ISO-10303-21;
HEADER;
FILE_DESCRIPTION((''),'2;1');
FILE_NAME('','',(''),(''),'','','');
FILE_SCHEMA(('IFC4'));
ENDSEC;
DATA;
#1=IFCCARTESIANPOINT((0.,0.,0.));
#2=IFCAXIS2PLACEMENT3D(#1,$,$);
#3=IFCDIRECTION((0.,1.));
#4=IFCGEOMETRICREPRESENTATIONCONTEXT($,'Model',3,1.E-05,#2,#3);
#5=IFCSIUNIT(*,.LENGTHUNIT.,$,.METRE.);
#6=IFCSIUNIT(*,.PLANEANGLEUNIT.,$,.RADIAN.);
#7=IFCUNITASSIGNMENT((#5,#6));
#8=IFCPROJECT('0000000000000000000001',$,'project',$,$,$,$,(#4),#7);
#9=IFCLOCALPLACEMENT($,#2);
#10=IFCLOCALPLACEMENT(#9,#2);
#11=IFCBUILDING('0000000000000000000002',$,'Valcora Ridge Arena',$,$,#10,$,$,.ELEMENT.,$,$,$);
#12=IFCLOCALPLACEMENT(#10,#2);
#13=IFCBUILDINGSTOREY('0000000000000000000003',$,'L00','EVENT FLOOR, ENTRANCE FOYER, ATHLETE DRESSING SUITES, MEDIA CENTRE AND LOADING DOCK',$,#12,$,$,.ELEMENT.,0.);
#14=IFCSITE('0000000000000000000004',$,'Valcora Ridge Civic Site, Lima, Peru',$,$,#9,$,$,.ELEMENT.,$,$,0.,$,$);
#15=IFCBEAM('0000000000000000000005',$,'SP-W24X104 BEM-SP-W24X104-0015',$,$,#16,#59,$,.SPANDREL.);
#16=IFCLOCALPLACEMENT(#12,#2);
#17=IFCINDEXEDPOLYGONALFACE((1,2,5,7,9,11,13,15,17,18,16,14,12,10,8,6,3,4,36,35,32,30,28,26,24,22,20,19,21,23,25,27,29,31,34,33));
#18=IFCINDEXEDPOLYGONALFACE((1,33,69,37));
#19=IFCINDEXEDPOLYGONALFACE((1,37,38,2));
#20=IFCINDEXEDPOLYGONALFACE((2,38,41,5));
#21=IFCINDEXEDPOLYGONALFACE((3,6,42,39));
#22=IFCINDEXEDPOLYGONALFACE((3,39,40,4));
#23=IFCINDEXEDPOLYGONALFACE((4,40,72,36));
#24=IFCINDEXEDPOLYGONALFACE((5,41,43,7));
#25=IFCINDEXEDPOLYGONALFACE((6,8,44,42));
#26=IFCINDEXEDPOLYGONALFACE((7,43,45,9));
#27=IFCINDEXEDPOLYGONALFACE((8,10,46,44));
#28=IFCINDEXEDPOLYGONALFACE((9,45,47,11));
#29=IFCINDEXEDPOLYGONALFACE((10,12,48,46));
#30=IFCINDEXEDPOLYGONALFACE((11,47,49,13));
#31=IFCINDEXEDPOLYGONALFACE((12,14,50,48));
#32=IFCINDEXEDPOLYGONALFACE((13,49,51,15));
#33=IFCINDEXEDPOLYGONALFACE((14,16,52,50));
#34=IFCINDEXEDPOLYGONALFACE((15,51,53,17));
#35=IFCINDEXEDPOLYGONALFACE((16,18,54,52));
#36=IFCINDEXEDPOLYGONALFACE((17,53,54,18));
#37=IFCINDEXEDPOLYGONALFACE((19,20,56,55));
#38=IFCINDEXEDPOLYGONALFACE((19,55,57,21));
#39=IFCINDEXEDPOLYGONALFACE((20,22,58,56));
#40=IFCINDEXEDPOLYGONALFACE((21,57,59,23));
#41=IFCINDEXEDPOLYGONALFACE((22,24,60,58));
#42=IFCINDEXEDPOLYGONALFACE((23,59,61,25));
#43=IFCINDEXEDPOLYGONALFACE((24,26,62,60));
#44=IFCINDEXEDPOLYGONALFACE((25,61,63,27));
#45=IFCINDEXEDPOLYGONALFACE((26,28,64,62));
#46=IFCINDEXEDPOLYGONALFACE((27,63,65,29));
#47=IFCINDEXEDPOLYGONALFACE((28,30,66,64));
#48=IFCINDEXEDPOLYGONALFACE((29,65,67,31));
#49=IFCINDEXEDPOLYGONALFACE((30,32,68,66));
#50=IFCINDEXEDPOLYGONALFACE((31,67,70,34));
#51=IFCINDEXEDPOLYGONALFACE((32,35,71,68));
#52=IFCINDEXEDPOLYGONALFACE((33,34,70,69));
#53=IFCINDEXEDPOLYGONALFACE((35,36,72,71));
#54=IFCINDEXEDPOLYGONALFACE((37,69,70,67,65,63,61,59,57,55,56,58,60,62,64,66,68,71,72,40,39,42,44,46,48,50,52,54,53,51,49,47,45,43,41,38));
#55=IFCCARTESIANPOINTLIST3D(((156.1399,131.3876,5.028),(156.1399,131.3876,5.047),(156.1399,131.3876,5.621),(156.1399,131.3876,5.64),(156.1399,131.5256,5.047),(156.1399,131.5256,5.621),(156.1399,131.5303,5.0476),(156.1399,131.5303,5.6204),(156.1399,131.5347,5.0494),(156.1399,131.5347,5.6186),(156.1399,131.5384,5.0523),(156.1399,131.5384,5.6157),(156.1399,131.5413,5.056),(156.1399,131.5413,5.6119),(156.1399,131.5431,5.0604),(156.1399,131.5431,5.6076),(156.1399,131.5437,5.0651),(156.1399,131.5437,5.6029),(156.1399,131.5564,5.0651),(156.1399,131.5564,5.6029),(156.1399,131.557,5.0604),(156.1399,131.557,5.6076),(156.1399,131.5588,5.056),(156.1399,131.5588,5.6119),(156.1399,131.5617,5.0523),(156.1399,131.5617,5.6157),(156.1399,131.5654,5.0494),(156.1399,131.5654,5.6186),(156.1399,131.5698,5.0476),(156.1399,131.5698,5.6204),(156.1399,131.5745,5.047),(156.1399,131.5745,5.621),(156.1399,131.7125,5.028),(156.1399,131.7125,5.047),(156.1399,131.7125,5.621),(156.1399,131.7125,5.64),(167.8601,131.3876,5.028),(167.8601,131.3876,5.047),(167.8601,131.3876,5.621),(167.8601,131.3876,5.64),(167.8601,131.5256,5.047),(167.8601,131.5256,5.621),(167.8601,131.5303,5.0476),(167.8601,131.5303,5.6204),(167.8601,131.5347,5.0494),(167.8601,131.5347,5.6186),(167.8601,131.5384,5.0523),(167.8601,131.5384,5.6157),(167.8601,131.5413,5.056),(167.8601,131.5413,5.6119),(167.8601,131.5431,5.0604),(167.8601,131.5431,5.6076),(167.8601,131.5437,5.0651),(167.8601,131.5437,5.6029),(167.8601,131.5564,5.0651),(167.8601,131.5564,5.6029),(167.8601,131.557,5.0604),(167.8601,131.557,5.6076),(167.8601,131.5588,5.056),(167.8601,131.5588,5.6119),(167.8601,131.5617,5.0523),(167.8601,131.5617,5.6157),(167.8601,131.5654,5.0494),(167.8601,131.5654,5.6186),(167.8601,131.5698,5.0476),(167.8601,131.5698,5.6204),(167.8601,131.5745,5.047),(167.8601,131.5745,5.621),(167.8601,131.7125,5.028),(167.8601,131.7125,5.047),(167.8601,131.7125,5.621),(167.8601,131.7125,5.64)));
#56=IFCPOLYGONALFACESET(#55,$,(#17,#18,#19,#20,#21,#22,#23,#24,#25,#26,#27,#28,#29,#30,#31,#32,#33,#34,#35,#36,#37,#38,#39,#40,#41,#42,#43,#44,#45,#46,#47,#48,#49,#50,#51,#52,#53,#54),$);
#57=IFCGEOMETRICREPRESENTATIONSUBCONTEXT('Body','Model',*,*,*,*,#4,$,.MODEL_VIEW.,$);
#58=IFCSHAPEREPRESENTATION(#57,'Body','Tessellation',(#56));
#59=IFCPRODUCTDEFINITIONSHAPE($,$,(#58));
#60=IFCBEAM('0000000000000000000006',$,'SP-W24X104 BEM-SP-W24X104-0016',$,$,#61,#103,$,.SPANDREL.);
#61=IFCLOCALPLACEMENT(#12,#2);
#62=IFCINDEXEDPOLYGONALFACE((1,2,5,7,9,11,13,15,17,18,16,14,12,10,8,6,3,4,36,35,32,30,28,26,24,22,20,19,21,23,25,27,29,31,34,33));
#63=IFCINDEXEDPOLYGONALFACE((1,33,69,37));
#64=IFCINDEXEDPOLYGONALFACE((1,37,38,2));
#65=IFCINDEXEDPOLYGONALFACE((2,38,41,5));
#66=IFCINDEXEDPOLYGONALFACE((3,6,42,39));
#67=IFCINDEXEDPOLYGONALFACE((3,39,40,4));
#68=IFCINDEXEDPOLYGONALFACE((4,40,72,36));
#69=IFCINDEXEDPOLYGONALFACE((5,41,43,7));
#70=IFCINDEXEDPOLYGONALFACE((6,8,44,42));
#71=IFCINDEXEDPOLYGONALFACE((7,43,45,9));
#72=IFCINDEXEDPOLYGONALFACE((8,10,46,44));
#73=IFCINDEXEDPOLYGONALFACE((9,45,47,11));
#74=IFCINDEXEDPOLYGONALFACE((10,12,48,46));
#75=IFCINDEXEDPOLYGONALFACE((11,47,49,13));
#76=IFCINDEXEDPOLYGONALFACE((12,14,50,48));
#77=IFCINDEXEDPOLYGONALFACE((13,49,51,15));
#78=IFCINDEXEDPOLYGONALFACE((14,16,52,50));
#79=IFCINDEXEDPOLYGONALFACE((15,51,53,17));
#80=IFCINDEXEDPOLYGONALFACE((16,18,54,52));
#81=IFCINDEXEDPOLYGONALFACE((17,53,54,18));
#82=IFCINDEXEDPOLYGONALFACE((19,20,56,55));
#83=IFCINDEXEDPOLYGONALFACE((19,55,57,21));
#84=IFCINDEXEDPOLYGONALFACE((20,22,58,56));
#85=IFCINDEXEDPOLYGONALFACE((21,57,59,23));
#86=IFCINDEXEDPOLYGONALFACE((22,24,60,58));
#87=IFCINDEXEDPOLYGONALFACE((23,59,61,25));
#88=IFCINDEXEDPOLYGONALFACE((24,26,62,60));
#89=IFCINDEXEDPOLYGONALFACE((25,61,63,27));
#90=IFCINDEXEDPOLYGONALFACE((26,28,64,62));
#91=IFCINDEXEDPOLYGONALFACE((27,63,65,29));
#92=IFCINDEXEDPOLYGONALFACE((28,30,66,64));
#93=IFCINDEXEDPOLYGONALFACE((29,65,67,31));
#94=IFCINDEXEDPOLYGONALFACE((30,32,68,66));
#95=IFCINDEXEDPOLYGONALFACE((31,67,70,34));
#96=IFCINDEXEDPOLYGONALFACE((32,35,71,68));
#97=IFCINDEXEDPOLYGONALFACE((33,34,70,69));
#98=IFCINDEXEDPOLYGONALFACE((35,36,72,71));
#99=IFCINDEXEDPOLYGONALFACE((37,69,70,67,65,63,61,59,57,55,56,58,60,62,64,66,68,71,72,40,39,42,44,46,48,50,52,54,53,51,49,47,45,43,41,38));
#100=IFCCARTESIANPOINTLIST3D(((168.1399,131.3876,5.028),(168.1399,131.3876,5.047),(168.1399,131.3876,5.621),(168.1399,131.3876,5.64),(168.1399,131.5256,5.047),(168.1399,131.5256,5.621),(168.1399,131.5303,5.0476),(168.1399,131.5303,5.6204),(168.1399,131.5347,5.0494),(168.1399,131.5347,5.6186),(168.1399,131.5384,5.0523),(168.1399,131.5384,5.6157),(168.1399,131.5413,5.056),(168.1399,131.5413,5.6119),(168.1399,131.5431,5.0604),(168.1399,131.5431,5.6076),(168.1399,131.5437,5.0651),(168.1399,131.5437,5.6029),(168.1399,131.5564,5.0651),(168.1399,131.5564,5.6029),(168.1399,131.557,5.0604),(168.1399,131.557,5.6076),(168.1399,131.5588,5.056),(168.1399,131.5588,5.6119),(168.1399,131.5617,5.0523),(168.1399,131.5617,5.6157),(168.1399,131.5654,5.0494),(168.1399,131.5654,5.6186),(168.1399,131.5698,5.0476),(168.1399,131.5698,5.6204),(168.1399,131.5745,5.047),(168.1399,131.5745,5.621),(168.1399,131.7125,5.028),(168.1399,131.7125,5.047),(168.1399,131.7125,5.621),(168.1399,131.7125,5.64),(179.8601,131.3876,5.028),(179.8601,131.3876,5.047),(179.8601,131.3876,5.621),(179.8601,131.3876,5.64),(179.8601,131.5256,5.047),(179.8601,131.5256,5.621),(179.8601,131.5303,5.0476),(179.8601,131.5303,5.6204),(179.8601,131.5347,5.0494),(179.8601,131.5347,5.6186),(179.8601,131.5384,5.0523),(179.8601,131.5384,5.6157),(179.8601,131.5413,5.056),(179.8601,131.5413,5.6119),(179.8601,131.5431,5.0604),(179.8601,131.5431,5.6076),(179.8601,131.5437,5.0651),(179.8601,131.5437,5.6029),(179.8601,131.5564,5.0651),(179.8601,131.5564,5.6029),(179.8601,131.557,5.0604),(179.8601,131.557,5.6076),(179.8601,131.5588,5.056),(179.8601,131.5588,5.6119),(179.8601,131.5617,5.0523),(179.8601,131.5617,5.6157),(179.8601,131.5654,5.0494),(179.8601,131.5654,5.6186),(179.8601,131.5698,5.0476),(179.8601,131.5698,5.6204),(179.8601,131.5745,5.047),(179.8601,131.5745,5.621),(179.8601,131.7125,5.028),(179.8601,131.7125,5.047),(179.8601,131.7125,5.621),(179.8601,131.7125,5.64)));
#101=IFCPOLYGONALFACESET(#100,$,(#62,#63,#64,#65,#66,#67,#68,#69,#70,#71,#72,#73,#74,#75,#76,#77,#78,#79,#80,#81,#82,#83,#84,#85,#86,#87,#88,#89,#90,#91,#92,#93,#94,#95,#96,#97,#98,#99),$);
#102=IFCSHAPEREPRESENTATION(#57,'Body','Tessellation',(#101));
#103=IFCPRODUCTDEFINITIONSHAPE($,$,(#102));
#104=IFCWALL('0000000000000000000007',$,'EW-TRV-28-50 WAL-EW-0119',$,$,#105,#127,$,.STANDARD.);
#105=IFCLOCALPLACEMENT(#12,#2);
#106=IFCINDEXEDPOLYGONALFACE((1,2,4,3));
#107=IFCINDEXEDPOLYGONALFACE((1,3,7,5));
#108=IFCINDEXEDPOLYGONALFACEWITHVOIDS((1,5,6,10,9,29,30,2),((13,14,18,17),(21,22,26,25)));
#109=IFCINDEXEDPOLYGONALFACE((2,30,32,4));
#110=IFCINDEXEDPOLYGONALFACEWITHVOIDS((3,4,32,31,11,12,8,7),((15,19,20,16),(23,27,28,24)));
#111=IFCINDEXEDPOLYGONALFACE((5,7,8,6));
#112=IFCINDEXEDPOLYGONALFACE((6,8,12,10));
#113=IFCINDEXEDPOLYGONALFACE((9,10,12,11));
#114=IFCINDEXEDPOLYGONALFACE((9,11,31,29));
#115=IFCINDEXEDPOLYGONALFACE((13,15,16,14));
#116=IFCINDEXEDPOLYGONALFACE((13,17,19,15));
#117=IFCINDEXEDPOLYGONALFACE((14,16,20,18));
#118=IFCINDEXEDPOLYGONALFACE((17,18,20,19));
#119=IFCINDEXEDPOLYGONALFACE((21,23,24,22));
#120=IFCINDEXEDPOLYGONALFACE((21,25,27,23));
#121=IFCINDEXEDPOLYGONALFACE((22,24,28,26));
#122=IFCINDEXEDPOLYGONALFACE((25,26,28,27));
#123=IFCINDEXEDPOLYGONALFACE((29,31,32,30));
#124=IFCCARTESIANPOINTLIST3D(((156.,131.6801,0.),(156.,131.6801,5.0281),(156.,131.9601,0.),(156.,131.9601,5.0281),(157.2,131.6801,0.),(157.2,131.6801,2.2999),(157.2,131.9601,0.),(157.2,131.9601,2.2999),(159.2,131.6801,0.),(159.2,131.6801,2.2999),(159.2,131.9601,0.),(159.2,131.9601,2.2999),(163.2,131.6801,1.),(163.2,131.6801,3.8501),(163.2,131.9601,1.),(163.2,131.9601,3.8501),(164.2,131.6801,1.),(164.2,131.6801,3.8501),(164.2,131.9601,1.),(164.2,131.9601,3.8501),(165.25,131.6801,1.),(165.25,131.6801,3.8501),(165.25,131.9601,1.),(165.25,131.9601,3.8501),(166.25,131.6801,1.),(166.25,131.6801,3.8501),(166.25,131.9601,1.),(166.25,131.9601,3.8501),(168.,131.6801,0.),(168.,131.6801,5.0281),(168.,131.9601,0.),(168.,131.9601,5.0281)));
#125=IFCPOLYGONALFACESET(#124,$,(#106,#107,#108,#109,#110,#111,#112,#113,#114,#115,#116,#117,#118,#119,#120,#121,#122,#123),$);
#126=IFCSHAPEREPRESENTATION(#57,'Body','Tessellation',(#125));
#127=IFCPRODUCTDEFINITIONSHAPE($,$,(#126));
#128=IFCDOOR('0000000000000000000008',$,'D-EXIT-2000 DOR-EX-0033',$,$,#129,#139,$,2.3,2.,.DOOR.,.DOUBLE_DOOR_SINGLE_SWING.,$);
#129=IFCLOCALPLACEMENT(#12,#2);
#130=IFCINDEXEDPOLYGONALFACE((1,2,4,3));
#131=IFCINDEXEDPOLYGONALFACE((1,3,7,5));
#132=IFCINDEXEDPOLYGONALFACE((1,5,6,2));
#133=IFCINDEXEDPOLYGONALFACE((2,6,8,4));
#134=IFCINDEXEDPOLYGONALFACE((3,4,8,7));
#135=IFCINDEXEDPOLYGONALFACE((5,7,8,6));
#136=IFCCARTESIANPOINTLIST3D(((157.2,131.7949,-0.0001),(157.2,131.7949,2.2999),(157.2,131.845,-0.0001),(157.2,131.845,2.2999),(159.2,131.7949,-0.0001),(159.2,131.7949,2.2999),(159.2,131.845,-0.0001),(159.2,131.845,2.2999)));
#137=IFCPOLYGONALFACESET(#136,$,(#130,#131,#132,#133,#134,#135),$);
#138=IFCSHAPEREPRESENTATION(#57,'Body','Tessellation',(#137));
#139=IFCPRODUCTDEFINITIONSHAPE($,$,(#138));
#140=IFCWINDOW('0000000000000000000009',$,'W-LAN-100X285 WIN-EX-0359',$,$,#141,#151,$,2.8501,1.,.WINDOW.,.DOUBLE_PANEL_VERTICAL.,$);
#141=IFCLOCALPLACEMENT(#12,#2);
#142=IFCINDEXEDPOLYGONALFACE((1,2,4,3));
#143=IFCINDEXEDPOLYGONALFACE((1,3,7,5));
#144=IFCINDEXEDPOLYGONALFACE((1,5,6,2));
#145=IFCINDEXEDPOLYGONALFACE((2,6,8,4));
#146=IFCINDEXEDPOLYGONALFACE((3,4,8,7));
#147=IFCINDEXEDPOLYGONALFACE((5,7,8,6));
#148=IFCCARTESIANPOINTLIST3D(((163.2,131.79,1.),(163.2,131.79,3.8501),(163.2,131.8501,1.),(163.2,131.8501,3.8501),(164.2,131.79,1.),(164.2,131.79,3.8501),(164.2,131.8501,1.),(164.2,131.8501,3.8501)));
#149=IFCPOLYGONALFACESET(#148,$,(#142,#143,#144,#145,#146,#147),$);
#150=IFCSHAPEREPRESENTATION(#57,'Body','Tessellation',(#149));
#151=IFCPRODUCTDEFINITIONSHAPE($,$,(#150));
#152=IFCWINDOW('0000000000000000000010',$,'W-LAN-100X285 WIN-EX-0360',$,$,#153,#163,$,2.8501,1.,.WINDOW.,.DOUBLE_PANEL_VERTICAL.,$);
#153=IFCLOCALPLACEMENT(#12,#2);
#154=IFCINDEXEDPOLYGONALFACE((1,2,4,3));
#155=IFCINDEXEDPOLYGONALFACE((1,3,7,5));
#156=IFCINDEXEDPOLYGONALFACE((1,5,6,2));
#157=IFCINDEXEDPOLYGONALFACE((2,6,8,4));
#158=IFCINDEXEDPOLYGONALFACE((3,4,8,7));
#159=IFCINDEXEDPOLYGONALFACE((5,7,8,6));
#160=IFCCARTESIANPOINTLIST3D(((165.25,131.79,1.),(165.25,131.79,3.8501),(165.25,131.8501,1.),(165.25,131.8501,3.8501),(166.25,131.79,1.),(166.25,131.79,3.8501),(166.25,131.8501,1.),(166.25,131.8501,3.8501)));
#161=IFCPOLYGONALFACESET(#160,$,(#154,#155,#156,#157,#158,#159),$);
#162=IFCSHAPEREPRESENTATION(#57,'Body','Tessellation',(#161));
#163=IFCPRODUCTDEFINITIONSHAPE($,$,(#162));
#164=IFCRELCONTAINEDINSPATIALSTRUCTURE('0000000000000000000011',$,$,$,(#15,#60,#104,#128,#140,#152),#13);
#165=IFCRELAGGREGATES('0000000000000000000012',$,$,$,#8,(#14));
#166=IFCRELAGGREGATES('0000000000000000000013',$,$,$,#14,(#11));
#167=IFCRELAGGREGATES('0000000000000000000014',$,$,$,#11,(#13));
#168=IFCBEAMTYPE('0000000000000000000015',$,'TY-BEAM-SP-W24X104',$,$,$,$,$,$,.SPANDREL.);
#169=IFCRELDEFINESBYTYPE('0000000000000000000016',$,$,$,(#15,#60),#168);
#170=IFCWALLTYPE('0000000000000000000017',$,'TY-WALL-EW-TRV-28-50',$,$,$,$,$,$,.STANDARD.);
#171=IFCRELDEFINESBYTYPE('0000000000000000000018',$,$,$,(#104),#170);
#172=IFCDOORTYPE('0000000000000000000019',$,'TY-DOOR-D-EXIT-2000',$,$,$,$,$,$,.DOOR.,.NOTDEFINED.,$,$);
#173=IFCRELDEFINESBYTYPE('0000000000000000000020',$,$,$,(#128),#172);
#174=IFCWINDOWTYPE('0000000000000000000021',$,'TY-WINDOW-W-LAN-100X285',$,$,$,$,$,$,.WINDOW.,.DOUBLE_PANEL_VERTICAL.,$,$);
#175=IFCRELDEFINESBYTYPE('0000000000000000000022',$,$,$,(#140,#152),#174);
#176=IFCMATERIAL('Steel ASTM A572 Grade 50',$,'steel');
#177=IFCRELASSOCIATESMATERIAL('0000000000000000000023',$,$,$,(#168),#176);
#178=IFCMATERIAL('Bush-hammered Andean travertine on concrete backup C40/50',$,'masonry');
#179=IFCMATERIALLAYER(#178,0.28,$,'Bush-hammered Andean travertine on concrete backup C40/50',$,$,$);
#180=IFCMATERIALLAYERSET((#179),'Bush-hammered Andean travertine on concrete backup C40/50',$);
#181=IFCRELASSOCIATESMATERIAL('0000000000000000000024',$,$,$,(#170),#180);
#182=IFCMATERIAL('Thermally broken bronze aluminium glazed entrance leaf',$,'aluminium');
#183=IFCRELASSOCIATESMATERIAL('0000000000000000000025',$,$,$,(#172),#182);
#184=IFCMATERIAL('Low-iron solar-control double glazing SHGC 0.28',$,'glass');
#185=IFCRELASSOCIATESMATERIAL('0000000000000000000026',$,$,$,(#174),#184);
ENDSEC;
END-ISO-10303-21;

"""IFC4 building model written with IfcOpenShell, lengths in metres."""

from ifc_helpers import new_model, si_unit, direction, frame, frame_2d, origin, origin_2d, place, context, subcontext, project, spatial, rectangle, i_section, extrude, material, layer, layer_set, material_profile, profile_set, type_object, element, fill, save


model = new_model("IFC4")

# Units and contexts
model_context = context("Model", 3, precision=1e-05, world=origin(), true_north=direction((0.0, 1.0)))
body_context = subcontext(model_context, "Body", "Model", "MODEL_VIEW")
ifc_project = project(units=[si_unit("LENGTHUNIT", "METRE"), si_unit("PLANEANGLEUNIT", "RADIAN")], contexts=[model_context])

# Site, building, storey
site_placement = place(None, origin())
site = spatial("IfcSite", under=ifc_project, at=site_placement, Name="Valcora Ridge Civic Site, Lima, Peru", CompositionType="ELEMENT", RefElevation=0.0)
building_placement = place(site_placement, origin())
building = spatial("IfcBuilding", under=site, at=building_placement, Name="Valcora Ridge Arena", CompositionType="ELEMENT")
storey_placement = place(building_placement, origin())
storey = spatial("IfcBuildingStorey", under=building, at=storey_placement, Name="L00", Description="EVENT FLOOR, ENTRANCE FOYER, ATHLETE DRESSING SUITES, MEDIA CENTRE AND LOADING DOCK", CompositionType="ELEMENT", Elevation=0.0)

# Beams
ifc_material_1 = material(Name="Steel ASTM A572 Grade 50", Category="steel")
ifc_material_profile_1 = material_profile(ifc_material_1, i_section(OverallWidth=0.325, OverallDepth=0.6121, WebThickness=0.0127, FlangeThickness=0.019, FilletRadius=0.0181, at=origin_2d()), Name="W24X104")
ifc_profile_set_1 = profile_set([ifc_material_profile_1], Name="Steel ASTM A572 Grade 50")
beam_type_1 = type_object("IfcBeamType", Name="TY-BEAM-SP-W24X104", PredefinedType="SPANDREL", material=ifc_profile_set_1)
for number, where, z_axis, x_axis, name in (
    (1, (156.1399, 131.55, 5.334), (1.0, 0.0, 0.0), (0.0, 1.0, 0.0), "SP-W24X104 BEM-SP-W24X104-0015"),
    (2, (168.1399, 131.55, 5.334), (1.0, 0.0, 0.0), (0.0, 1.0, 0.0), "SP-W24X104 BEM-SP-W24X104-0016"),
):
    element("IfcBeam", number, at=place(storey_placement, frame(where, z_axis=z_axis, x_axis=x_axis)), inside=storey, type_object=beam_type_1, Name=name, PredefinedType="SPANDREL", context=body_context, shape_type="SweptSolid", body=[
        extrude(i_section(OverallWidth=0.325, OverallDepth=0.6121, WebThickness=0.0127, FlangeThickness=0.019, FilletRadius=0.0181, at=origin_2d()), origin(), (0.0, 0.0, 1.0), 11.7202),
    ])

# Wall, openings, door, windows
ifc_material_2 = material(Name="Bush-hammered Andean travertine on concrete backup C40/50", Category="masonry")
ifc_layer_1 = layer(ifc_material_2, 0.28, Name="Bush-hammered Andean travertine on concrete backup C40/50")
ifc_layer_set_1 = layer_set([ifc_layer_1], Name="Bush-hammered Andean travertine on concrete backup C40/50")
wall_type_1 = type_object("IfcWallType", Name="TY-WALL-EW-TRV-28-50", PredefinedType="STANDARD", material=ifc_layer_set_1)
wall_1_placement = place(storey_placement, frame((156.0, 131.8201, 0.0), z_axis=(0.0, 0.0, 1.0), x_axis=(1.0, 0.0, 0.0)))
wall_1 = element("IfcWall", 3, at=wall_1_placement, inside=storey, type_object=wall_type_1, Name="EW-TRV-28-50 WAL-EW-0119", PredefinedType="STANDARD", context=body_context, shape_type="SweptSolid", body=[
    extrude(rectangle(XDim=12.0, YDim=0.28, at=frame_2d((6.0, 0.0))), origin(), (0.0, 0.0, 1.0), 5.0281),
])
opening_1_placement = place(wall_1_placement, frame((1.2, 0.0, 0.0)))
opening_1 = element("IfcOpeningElement", 4, at=opening_1_placement, cuts=wall_1, PredefinedType="OPENING", context=body_context, shape_type="SweptSolid", body=[
    extrude(rectangle(XDim=2.0, YDim=2.3, at=frame_2d((1.0, 1.1499))), frame((0.0, 0.1499, 0.0), z_axis=(0.0, -1.0, 0.0), x_axis=(1.0, 0.0, 0.0)), (0.0, 0.0, 1.0), 0.3),
])
opening_2_placement = place(wall_1_placement, frame((7.2, 0.0, 1.0)))
opening_2 = element("IfcOpeningElement", 5, at=opening_2_placement, cuts=wall_1, PredefinedType="OPENING", context=body_context, shape_type="SweptSolid", body=[
    extrude(rectangle(XDim=1.0, YDim=2.8501, at=frame_2d((0.5, 1.425))), frame((0.0, 0.1499, 0.0), z_axis=(0.0, -1.0, 0.0), x_axis=(1.0, 0.0, 0.0)), (0.0, 0.0, 1.0), 0.3),
])
opening_3_placement = place(wall_1_placement, frame((9.25, 0.0, 1.0)))
opening_3 = element("IfcOpeningElement", 6, at=opening_3_placement, cuts=wall_1, PredefinedType="OPENING", context=body_context, shape_type="SweptSolid", body=[
    extrude(rectangle(XDim=1.0, YDim=2.8501, at=frame_2d((0.5, 1.425))), frame((0.0, 0.1499, 0.0), z_axis=(0.0, -1.0, 0.0), x_axis=(1.0, 0.0, 0.0)), (0.0, 0.0, 1.0), 0.3),
])
ifc_material_3 = material(Name="Thermally broken bronze aluminium glazed entrance leaf", Category="aluminium")
door_type = type_object("IfcDoorType", Name="TY-DOOR-D-EXIT-2000", OperationType="NOTDEFINED", PredefinedType="DOOR", material=ifc_material_3)
door_1_placement = place(opening_1_placement, origin())
door_1 = element("IfcDoor", 7, at=door_1_placement, inside=storey, type_object=door_type, Name="D-EXIT-2000 DOR-EX-0033", OperationType="DOUBLE_DOOR_SINGLE_SWING", OverallHeight=2.3, OverallWidth=2.0, PredefinedType="DOOR", context=body_context, shape_type="SweptSolid", body=[
    extrude(rectangle(XDim=2.0, YDim=2.3, at=frame_2d((1.0, 1.1499))), frame((0.0, 0.0249, 0.0), z_axis=(0.0, -1.0, 0.0), x_axis=(1.0, 0.0, 0.0)), (0.0, 0.0, 1.0), 0.05),
])
fill(opening_1, door_1)
ifc_material_4 = material(Name="Low-iron solar-control double glazing SHGC 0.28", Category="glass")
window_type = type_object("IfcWindowType", Name="TY-WINDOW-W-LAN-100X285", PartitioningType="DOUBLE_PANEL_VERTICAL", PredefinedType="WINDOW", material=ifc_material_4)
window_1_placement = place(opening_2_placement, origin())
window_1 = element("IfcWindow", 8, at=window_1_placement, inside=storey, type_object=window_type, Name="W-LAN-100X285 WIN-EX-0359", OverallHeight=2.8501, OverallWidth=1.0, PartitioningType="DOUBLE_PANEL_VERTICAL", PredefinedType="WINDOW", context=body_context, shape_type="SweptSolid", body=[
    extrude(rectangle(XDim=1.0, YDim=2.8501, at=frame_2d((0.5, 1.425))), frame((0.0, 0.03, 0.0), z_axis=(0.0, -1.0, 0.0), x_axis=(1.0, 0.0, 0.0)), (0.0, 0.0, 1.0), 0.0601),
])
fill(opening_2, window_1)
window_2_placement = place(opening_3_placement, origin())
window_2 = element("IfcWindow", 9, at=window_2_placement, inside=storey, type_object=window_type, Name="W-LAN-100X285 WIN-EX-0360", OverallHeight=2.8501, OverallWidth=1.0, PartitioningType="DOUBLE_PANEL_VERTICAL", PredefinedType="WINDOW", context=body_context, shape_type="SweptSolid", body=[
    extrude(rectangle(XDim=1.0, YDim=2.8501, at=frame_2d((0.5, 1.425))), frame((0.0, 0.03, 0.0), z_axis=(0.0, -1.0, 0.0), x_axis=(1.0, 0.0, 0.0)), (0.0, 0.0, 1.0), 0.0601),
])
fill(opening_3, window_2)

save(model, "model.ifc")
